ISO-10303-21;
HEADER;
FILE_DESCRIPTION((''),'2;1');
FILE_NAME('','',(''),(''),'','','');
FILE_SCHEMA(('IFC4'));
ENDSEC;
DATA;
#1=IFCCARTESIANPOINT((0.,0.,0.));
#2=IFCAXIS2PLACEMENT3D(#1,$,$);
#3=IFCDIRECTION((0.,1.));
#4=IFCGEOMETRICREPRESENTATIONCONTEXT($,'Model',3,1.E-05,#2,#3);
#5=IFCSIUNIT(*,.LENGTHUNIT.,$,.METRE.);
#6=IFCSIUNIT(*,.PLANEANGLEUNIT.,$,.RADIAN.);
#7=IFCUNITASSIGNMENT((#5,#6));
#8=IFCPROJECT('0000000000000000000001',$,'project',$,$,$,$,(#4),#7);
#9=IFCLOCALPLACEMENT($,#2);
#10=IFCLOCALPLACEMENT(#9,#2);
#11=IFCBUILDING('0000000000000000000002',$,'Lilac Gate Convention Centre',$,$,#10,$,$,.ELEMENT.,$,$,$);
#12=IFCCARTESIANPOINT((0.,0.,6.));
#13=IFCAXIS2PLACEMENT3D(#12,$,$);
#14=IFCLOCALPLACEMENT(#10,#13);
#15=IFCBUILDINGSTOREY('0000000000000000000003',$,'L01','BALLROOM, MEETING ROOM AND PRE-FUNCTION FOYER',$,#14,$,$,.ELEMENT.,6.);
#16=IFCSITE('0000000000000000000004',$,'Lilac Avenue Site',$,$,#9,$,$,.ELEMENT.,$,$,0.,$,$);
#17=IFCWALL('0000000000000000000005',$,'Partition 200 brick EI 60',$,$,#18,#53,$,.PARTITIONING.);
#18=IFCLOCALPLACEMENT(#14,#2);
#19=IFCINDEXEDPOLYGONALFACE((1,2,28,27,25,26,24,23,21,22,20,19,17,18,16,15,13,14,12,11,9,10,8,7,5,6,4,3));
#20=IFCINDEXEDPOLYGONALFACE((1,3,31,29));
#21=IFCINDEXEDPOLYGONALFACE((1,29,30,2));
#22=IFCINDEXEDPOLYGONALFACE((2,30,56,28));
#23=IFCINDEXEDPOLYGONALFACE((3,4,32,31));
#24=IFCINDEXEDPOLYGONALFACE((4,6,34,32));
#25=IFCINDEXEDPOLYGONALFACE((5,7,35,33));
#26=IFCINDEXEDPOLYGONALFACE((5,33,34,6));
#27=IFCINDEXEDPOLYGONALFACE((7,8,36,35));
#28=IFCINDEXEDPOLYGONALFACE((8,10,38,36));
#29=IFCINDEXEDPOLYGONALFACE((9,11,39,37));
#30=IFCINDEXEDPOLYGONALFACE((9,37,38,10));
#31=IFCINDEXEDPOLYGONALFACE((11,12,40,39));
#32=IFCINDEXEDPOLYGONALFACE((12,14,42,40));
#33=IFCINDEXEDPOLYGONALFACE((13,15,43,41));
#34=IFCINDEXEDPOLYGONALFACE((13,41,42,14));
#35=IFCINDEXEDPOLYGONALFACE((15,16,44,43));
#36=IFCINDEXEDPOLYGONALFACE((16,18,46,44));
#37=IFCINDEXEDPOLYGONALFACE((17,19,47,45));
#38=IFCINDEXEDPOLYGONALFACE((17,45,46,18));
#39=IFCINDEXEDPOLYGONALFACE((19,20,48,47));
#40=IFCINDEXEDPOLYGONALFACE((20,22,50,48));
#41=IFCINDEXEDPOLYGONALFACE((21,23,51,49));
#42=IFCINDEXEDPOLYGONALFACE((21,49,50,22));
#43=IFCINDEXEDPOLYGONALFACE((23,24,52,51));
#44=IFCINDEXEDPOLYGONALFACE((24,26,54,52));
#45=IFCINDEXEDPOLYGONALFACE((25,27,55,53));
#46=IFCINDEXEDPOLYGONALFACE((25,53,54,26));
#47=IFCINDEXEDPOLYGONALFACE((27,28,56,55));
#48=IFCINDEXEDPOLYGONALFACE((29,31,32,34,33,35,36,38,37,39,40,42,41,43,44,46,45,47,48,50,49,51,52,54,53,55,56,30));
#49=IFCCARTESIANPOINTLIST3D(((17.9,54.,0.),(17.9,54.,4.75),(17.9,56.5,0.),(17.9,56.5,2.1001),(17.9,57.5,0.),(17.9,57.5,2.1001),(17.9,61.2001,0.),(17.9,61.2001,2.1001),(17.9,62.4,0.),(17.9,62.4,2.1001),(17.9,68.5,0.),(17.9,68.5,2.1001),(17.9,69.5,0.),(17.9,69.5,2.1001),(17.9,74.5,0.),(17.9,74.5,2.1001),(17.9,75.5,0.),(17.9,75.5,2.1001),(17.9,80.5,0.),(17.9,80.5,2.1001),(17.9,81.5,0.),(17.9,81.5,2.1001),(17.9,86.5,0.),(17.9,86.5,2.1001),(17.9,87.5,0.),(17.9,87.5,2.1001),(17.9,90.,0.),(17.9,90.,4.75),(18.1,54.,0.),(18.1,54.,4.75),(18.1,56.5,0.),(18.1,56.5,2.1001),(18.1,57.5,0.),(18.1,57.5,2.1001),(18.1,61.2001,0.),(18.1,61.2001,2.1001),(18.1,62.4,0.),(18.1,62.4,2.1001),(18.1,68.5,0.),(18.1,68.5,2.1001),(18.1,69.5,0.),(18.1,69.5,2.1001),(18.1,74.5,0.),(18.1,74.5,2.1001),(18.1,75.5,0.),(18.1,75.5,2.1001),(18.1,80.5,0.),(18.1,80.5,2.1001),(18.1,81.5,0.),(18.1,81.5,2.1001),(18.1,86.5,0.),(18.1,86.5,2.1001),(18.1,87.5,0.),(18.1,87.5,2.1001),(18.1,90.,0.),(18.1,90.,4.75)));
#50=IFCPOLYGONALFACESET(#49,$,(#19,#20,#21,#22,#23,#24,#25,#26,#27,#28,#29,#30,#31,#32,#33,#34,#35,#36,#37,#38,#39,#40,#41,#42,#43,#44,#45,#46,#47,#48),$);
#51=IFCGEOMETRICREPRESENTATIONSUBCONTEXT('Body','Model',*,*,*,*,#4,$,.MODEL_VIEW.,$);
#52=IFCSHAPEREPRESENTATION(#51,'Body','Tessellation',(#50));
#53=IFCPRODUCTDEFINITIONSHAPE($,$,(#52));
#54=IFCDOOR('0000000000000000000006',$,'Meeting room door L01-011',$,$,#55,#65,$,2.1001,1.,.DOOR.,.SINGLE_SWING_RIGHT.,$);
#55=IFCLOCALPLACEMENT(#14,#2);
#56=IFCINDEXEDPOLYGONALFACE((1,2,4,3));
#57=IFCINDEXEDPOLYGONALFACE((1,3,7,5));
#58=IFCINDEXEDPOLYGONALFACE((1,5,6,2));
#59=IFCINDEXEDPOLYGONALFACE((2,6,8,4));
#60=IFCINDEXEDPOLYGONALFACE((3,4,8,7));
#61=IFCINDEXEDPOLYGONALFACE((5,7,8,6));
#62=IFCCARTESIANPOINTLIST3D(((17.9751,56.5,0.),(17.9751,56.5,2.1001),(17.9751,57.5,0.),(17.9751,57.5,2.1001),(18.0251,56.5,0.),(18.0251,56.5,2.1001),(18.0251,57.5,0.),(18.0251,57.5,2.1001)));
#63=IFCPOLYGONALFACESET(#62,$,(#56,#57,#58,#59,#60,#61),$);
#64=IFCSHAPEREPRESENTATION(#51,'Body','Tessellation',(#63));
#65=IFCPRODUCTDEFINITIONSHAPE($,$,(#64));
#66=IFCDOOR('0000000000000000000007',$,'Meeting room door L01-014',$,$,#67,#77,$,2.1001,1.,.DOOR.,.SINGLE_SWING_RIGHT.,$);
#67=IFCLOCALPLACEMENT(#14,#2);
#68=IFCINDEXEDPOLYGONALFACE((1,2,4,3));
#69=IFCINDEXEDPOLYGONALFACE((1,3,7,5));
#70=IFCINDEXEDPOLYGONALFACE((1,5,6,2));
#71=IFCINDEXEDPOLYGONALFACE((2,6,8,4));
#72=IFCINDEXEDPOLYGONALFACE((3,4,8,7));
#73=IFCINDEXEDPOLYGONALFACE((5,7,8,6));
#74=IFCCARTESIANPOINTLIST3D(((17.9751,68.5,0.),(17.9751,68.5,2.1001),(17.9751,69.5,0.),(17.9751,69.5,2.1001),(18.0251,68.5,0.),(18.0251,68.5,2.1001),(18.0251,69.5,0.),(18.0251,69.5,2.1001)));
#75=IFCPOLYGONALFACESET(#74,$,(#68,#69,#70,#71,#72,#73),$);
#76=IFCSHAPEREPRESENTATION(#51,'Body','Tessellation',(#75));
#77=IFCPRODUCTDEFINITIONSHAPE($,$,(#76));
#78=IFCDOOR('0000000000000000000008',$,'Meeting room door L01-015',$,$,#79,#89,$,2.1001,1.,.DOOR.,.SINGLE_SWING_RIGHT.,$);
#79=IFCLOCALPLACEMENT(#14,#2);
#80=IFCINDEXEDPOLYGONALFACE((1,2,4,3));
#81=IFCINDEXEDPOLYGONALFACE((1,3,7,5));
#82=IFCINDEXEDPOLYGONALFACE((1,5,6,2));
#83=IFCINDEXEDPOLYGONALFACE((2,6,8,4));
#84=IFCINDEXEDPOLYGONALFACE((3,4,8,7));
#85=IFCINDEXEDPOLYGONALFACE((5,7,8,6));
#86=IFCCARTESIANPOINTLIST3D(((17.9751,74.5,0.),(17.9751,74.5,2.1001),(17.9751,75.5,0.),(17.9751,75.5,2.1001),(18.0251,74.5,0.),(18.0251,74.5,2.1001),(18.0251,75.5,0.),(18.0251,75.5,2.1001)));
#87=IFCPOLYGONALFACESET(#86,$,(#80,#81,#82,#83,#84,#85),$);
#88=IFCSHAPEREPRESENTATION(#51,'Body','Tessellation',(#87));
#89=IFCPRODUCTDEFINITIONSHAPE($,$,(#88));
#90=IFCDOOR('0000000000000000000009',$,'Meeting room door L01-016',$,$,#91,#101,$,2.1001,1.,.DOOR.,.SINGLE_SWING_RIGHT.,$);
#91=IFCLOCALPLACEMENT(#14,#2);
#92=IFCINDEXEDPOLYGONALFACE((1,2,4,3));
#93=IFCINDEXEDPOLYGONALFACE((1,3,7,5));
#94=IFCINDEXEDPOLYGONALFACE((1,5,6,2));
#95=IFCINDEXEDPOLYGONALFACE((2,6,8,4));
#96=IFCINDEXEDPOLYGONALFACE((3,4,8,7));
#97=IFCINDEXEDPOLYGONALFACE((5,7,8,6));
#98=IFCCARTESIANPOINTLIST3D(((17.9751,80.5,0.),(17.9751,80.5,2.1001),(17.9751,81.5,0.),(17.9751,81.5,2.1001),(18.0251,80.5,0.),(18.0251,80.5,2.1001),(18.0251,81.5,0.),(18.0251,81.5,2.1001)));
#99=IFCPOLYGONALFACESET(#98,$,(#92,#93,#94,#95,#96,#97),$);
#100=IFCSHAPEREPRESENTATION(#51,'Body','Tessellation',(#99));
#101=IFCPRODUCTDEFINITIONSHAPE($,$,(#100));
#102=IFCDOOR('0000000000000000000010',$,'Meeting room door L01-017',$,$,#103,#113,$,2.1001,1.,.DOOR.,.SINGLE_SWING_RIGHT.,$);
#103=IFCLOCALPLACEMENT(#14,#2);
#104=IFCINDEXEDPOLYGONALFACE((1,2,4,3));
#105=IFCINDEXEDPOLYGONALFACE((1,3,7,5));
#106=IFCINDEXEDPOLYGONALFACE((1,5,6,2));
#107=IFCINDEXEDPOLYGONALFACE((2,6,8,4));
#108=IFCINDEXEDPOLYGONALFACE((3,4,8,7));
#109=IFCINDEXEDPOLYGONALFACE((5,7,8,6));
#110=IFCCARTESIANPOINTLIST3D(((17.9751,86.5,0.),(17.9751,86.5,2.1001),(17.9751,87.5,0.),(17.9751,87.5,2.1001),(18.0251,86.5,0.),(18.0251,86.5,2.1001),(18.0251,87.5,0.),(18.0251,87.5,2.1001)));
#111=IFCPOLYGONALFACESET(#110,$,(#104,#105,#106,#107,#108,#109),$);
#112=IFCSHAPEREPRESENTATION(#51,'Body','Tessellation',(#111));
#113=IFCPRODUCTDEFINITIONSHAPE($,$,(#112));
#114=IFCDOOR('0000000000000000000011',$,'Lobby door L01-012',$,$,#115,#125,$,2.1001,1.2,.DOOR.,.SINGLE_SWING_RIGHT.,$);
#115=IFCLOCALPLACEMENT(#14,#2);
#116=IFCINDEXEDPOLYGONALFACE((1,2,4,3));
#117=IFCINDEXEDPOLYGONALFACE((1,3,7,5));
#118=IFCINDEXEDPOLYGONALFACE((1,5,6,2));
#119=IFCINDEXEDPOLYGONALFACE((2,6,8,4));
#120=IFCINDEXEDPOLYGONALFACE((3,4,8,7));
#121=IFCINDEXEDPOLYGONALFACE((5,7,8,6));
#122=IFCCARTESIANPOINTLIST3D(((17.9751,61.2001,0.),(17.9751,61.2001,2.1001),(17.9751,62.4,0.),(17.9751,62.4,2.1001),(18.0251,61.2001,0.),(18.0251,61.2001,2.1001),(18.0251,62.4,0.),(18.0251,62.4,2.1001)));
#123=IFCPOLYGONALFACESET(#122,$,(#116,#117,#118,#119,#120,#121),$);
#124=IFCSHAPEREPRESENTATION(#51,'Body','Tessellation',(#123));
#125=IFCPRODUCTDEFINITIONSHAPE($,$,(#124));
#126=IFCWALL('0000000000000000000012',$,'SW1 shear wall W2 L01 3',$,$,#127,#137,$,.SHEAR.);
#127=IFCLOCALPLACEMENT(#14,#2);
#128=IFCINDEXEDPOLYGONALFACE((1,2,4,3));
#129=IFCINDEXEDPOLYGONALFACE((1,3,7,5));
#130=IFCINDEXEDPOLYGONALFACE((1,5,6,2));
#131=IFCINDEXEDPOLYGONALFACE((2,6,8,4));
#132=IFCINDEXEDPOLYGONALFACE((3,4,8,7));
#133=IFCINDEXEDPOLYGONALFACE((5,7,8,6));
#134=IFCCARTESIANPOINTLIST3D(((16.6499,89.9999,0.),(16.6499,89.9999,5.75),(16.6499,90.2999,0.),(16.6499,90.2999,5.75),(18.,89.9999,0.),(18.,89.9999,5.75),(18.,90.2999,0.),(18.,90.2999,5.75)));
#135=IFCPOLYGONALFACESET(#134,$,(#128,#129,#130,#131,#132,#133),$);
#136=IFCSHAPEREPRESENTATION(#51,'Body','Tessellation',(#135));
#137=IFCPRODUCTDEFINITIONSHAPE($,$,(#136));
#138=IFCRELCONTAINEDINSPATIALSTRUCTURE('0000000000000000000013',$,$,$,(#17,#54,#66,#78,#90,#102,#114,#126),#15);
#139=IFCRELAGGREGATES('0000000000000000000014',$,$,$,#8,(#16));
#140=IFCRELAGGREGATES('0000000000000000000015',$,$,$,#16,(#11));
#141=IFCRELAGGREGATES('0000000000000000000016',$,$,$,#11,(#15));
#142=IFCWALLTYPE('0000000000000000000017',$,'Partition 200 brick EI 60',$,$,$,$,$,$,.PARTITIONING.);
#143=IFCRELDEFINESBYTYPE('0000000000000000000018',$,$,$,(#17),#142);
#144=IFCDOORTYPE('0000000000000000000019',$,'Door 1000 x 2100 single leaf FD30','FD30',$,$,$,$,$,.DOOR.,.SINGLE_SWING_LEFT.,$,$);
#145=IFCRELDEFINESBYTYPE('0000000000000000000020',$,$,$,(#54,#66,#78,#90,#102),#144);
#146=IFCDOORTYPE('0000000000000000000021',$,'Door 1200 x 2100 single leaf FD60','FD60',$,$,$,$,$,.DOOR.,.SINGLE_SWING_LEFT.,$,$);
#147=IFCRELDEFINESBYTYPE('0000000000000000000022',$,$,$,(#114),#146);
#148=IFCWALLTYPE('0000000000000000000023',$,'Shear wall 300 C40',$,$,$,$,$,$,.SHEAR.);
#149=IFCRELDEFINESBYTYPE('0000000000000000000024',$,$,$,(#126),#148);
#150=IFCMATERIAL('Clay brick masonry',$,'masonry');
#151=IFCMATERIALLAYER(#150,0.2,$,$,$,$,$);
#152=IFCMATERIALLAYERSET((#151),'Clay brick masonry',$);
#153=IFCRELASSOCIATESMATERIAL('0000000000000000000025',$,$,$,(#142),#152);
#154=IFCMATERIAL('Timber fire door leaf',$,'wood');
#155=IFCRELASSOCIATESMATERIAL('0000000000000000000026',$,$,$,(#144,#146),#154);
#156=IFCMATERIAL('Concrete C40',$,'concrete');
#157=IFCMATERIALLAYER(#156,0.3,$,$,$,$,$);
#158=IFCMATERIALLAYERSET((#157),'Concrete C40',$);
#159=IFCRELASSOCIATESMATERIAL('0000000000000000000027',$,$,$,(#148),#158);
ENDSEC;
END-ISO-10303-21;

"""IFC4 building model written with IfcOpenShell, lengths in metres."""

from ifc_helpers import new_model, si_unit, direction, frame, frame_2d, origin, place, context, subcontext, project, spatial, rectangle, extrude, material, layer, layer_set, type_object, element, fill, save


model = new_model("IFC4")

# Units and contexts
model_context = context("Model", 3, precision=1e-05, world=origin(), true_north=direction((0.0, 1.0)))
body_context = subcontext(model_context, "Body", "Model", "MODEL_VIEW")
ifc_project = project(units=[si_unit("LENGTHUNIT", "METRE"), si_unit("PLANEANGLEUNIT", "RADIAN")], contexts=[model_context])

# Site, building, storey
site_placement = place(None, origin())
site = spatial("IfcSite", under=ifc_project, at=site_placement, Name="Lilac Avenue Site", CompositionType="ELEMENT", RefElevation=0.0)
building_placement = place(site_placement, origin())
building = spatial("IfcBuilding", under=site, at=building_placement, Name="Lilac Gate Convention Centre", CompositionType="ELEMENT")
storey_placement = place(building_placement, frame((0.0, 0.0, 6.0)))
storey = spatial("IfcBuildingStorey", under=building, at=storey_placement, Name="L01", Description="BALLROOM, MEETING ROOM AND PRE-FUNCTION FOYER", CompositionType="ELEMENT", Elevation=6.0)

# Shared definitions
ifc_material_1 = material(Name="Concrete C40", Category="concrete")

# Shared definitions
ifc_material_2 = material(Name="Clay brick masonry", Category="masonry")
ifc_layer_1 = layer(ifc_material_2, 0.2)
ifc_layer_set_1 = layer_set([ifc_layer_1], Name="Clay brick masonry")
wall_type_1 = type_object("IfcWallType", Name="Partition 200 brick EI 60", PredefinedType="PARTITIONING", material=ifc_layer_set_1)

# Wall, openings, doors
wall_1_placement = place(storey_placement, frame((18.0, 54.0, 0.0), z_axis=(0.0, 0.0, 1.0), x_axis=(0.0, 1.0, 0.0)))
wall_1 = element("IfcWall", 1, at=wall_1_placement, inside=storey, type_object=wall_type_1, Name="Partition 200 brick EI 60", PredefinedType="PARTITIONING", context=body_context, shape_type="SweptSolid", body=[
    extrude(rectangle(XDim=36.0, YDim=0.2, at=frame_2d((18.0, 0.0))), origin(), (0.0, 0.0, 1.0), 4.75),
])
opening_1_placement = place(wall_1_placement, frame((2.5, 0.0, 0.0)))
opening_1 = element("IfcOpeningElement", 2, at=opening_1_placement, cuts=wall_1, PredefinedType="OPENING", context=body_context, shape_type="SweptSolid", body=[
    extrude(rectangle(XDim=1.0, YDim=2.1001, at=frame_2d((0.5, 1.05))), frame((0.0, 0.1099, 0.0), z_axis=(0.0, -1.0, 0.0), x_axis=(1.0, 0.0, 0.0)), (0.0, 0.0, 1.0), 0.22),
])
opening_2_placement = place(wall_1_placement, frame((7.2, 0.0, 0.0)))
opening_2 = element("IfcOpeningElement", 3, at=opening_2_placement, cuts=wall_1, PredefinedType="OPENING", context=body_context, shape_type="SweptSolid", body=[
    extrude(rectangle(XDim=1.2, YDim=2.1001, at=frame_2d((0.6001, 1.05))), frame((0.0, 0.1099, 0.0), z_axis=(0.0, -1.0, 0.0), x_axis=(1.0, 0.0, 0.0)), (0.0, 0.0, 1.0), 0.22),
])
opening_3_placement = place(wall_1_placement, frame((14.5, 0.0, 0.0)))
opening_3 = element("IfcOpeningElement", 4, at=opening_3_placement, cuts=wall_1, PredefinedType="OPENING", context=body_context, shape_type="SweptSolid", body=[
    extrude(rectangle(XDim=1.0, YDim=2.1001, at=frame_2d((0.5, 1.05))), frame((0.0, 0.1099, 0.0), z_axis=(0.0, -1.0, 0.0), x_axis=(1.0, 0.0, 0.0)), (0.0, 0.0, 1.0), 0.22),
])
opening_4_placement = place(wall_1_placement, frame((20.5, 0.0, 0.0)))
opening_4 = element("IfcOpeningElement", 5, at=opening_4_placement, cuts=wall_1, PredefinedType="OPENING", context=body_context, shape_type="SweptSolid", body=[
    extrude(rectangle(XDim=1.0, YDim=2.1001, at=frame_2d((0.5, 1.05))), frame((0.0, 0.1099, 0.0), z_axis=(0.0, -1.0, 0.0), x_axis=(1.0, 0.0, 0.0)), (0.0, 0.0, 1.0), 0.22),
])
opening_5_placement = place(wall_1_placement, frame((26.5, 0.0, 0.0)))
opening_5 = element("IfcOpeningElement", 6, at=opening_5_placement, cuts=wall_1, PredefinedType="OPENING", context=body_context, shape_type="SweptSolid", body=[
    extrude(rectangle(XDim=1.0, YDim=2.1001, at=frame_2d((0.5, 1.05))), frame((0.0, 0.1099, 0.0), z_axis=(0.0, -1.0, 0.0), x_axis=(1.0, 0.0, 0.0)), (0.0, 0.0, 1.0), 0.22),
])
opening_6_placement = place(wall_1_placement, frame((32.5, 0.0, 0.0)))
opening_6 = element("IfcOpeningElement", 7, at=opening_6_placement, cuts=wall_1, PredefinedType="OPENING", context=body_context, shape_type="SweptSolid", body=[
    extrude(rectangle(XDim=1.0, YDim=2.1001, at=frame_2d((0.5, 1.05))), frame((0.0, 0.1099, 0.0), z_axis=(0.0, -1.0, 0.0), x_axis=(1.0, 0.0, 0.0)), (0.0, 0.0, 1.0), 0.22),
])
ifc_material_3 = material(Name="Timber fire door leaf", Category="wood")
door_type_1 = type_object("IfcDoorType", Name="Door 1000 x 2100 single leaf FD30", Description="FD30", OperationType="SINGLE_SWING_LEFT", PredefinedType="DOOR", material=ifc_material_3)
door_1_placement = place(opening_1_placement, origin())
door_1 = element("IfcDoor", 8, at=door_1_placement, inside=storey, type_object=door_type_1, Name="Meeting room door L01-011", OperationType="SINGLE_SWING_RIGHT", OverallHeight=2.1001, OverallWidth=1.0, PredefinedType="DOOR", context=body_context, shape_type="SweptSolid", body=[
    extrude(rectangle(XDim=1.0, YDim=2.1001, at=frame_2d((0.5, 1.05))), frame((0.0, 0.0249, 0.0), z_axis=(0.0, -1.0, 0.0), x_axis=(1.0, 0.0, 0.0)), (0.0, 0.0, 1.0), 0.05),
])
fill(opening_1, door_1)
door_2_placement = place(opening_3_placement, origin())
door_2 = element("IfcDoor", 9, at=door_2_placement, inside=storey, type_object=door_type_1, Name="Meeting room door L01-014", OperationType="SINGLE_SWING_RIGHT", OverallHeight=2.1001, OverallWidth=1.0, PredefinedType="DOOR", context=body_context, shape_type="SweptSolid", body=[
    extrude(rectangle(XDim=1.0, YDim=2.1001, at=frame_2d((0.5, 1.05))), frame((0.0, 0.0249, 0.0), z_axis=(0.0, -1.0, 0.0), x_axis=(1.0, 0.0, 0.0)), (0.0, 0.0, 1.0), 0.05),
])
fill(opening_3, door_2)
door_3_placement = place(opening_4_placement, origin())
door_3 = element("IfcDoor", 10, at=door_3_placement, inside=storey, type_object=door_type_1, Name="Meeting room door L01-015", OperationType="SINGLE_SWING_RIGHT", OverallHeight=2.1001, OverallWidth=1.0, PredefinedType="DOOR", context=body_context, shape_type="SweptSolid", body=[
    extrude(rectangle(XDim=1.0, YDim=2.1001, at=frame_2d((0.5, 1.05))), frame((0.0, 0.0249, 0.0), z_axis=(0.0, -1.0, 0.0), x_axis=(1.0, 0.0, 0.0)), (0.0, 0.0, 1.0), 0.05),
])
fill(opening_4, door_3)
door_4_placement = place(opening_5_placement, origin())
door_4 = element("IfcDoor", 11, at=door_4_placement, inside=storey, type_object=door_type_1, Name="Meeting room door L01-016", OperationType="SINGLE_SWING_RIGHT", OverallHeight=2.1001, OverallWidth=1.0, PredefinedType="DOOR", context=body_context, shape_type="SweptSolid", body=[
    extrude(rectangle(XDim=1.0, YDim=2.1001, at=frame_2d((0.5, 1.05))), frame((0.0, 0.0249, 0.0), z_axis=(0.0, -1.0, 0.0), x_axis=(1.0, 0.0, 0.0)), (0.0, 0.0, 1.0), 0.05),
])
fill(opening_5, door_4)
door_5_placement = place(opening_6_placement, origin())
door_5 = element("IfcDoor", 12, at=door_5_placement, inside=storey, type_object=door_type_1, Name="Meeting room door L01-017", OperationType="SINGLE_SWING_RIGHT", OverallHeight=2.1001, OverallWidth=1.0, PredefinedType="DOOR", context=body_context, shape_type="SweptSolid", body=[
    extrude(rectangle(XDim=1.0, YDim=2.1001, at=frame_2d((0.5, 1.05))), frame((0.0, 0.0249, 0.0), z_axis=(0.0, -1.0, 0.0), x_axis=(1.0, 0.0, 0.0)), (0.0, 0.0, 1.0), 0.05),
])
fill(opening_6, door_5)
door_type_2 = type_object("IfcDoorType", Name="Door 1200 x 2100 single leaf FD60", Description="FD60", OperationType="SINGLE_SWING_LEFT", PredefinedType="DOOR", material=ifc_material_3)
door_6_placement = place(opening_2_placement, origin())
door_6 = element("IfcDoor", 13, at=door_6_placement, inside=storey, type_object=door_type_2, Name="Lobby door L01-012", OperationType="SINGLE_SWING_RIGHT", OverallHeight=2.1001, OverallWidth=1.2, PredefinedType="DOOR", context=body_context, shape_type="SweptSolid", body=[
    extrude(rectangle(XDim=1.2, YDim=2.1001, at=frame_2d((0.6001, 1.05))), frame((0.0, 0.0249, 0.0), z_axis=(0.0, -1.0, 0.0), x_axis=(1.0, 0.0, 0.0)), (0.0, 0.0, 1.0), 0.05),
])
fill(opening_2, door_6)

# Wall
ifc_layer_2 = layer(ifc_material_1, 0.3)
ifc_layer_set_2 = layer_set([ifc_layer_2], Name="Concrete C40")
wall_type_2 = type_object("IfcWallType", Name="Shear wall 300 C40", PredefinedType="SHEAR", material=ifc_layer_set_2)
wall_2_placement = place(storey_placement, frame((16.6499, 90.1499, 0.0), z_axis=(0.0, 0.0, 1.0), x_axis=(1.0, 0.0, 0.0)))
element("IfcWall", 14, at=wall_2_placement, inside=storey, type_object=wall_type_2, Name="SW1 shear wall W2 L01 3", PredefinedType="SHEAR", context=body_context, shape_type="SweptSolid", body=[
    extrude(rectangle(XDim=1.3501, YDim=0.3, at=frame_2d((0.675, 0.0))), origin(), (0.0, 0.0, 1.0), 5.75),
])

save(model, "model.ifc")
